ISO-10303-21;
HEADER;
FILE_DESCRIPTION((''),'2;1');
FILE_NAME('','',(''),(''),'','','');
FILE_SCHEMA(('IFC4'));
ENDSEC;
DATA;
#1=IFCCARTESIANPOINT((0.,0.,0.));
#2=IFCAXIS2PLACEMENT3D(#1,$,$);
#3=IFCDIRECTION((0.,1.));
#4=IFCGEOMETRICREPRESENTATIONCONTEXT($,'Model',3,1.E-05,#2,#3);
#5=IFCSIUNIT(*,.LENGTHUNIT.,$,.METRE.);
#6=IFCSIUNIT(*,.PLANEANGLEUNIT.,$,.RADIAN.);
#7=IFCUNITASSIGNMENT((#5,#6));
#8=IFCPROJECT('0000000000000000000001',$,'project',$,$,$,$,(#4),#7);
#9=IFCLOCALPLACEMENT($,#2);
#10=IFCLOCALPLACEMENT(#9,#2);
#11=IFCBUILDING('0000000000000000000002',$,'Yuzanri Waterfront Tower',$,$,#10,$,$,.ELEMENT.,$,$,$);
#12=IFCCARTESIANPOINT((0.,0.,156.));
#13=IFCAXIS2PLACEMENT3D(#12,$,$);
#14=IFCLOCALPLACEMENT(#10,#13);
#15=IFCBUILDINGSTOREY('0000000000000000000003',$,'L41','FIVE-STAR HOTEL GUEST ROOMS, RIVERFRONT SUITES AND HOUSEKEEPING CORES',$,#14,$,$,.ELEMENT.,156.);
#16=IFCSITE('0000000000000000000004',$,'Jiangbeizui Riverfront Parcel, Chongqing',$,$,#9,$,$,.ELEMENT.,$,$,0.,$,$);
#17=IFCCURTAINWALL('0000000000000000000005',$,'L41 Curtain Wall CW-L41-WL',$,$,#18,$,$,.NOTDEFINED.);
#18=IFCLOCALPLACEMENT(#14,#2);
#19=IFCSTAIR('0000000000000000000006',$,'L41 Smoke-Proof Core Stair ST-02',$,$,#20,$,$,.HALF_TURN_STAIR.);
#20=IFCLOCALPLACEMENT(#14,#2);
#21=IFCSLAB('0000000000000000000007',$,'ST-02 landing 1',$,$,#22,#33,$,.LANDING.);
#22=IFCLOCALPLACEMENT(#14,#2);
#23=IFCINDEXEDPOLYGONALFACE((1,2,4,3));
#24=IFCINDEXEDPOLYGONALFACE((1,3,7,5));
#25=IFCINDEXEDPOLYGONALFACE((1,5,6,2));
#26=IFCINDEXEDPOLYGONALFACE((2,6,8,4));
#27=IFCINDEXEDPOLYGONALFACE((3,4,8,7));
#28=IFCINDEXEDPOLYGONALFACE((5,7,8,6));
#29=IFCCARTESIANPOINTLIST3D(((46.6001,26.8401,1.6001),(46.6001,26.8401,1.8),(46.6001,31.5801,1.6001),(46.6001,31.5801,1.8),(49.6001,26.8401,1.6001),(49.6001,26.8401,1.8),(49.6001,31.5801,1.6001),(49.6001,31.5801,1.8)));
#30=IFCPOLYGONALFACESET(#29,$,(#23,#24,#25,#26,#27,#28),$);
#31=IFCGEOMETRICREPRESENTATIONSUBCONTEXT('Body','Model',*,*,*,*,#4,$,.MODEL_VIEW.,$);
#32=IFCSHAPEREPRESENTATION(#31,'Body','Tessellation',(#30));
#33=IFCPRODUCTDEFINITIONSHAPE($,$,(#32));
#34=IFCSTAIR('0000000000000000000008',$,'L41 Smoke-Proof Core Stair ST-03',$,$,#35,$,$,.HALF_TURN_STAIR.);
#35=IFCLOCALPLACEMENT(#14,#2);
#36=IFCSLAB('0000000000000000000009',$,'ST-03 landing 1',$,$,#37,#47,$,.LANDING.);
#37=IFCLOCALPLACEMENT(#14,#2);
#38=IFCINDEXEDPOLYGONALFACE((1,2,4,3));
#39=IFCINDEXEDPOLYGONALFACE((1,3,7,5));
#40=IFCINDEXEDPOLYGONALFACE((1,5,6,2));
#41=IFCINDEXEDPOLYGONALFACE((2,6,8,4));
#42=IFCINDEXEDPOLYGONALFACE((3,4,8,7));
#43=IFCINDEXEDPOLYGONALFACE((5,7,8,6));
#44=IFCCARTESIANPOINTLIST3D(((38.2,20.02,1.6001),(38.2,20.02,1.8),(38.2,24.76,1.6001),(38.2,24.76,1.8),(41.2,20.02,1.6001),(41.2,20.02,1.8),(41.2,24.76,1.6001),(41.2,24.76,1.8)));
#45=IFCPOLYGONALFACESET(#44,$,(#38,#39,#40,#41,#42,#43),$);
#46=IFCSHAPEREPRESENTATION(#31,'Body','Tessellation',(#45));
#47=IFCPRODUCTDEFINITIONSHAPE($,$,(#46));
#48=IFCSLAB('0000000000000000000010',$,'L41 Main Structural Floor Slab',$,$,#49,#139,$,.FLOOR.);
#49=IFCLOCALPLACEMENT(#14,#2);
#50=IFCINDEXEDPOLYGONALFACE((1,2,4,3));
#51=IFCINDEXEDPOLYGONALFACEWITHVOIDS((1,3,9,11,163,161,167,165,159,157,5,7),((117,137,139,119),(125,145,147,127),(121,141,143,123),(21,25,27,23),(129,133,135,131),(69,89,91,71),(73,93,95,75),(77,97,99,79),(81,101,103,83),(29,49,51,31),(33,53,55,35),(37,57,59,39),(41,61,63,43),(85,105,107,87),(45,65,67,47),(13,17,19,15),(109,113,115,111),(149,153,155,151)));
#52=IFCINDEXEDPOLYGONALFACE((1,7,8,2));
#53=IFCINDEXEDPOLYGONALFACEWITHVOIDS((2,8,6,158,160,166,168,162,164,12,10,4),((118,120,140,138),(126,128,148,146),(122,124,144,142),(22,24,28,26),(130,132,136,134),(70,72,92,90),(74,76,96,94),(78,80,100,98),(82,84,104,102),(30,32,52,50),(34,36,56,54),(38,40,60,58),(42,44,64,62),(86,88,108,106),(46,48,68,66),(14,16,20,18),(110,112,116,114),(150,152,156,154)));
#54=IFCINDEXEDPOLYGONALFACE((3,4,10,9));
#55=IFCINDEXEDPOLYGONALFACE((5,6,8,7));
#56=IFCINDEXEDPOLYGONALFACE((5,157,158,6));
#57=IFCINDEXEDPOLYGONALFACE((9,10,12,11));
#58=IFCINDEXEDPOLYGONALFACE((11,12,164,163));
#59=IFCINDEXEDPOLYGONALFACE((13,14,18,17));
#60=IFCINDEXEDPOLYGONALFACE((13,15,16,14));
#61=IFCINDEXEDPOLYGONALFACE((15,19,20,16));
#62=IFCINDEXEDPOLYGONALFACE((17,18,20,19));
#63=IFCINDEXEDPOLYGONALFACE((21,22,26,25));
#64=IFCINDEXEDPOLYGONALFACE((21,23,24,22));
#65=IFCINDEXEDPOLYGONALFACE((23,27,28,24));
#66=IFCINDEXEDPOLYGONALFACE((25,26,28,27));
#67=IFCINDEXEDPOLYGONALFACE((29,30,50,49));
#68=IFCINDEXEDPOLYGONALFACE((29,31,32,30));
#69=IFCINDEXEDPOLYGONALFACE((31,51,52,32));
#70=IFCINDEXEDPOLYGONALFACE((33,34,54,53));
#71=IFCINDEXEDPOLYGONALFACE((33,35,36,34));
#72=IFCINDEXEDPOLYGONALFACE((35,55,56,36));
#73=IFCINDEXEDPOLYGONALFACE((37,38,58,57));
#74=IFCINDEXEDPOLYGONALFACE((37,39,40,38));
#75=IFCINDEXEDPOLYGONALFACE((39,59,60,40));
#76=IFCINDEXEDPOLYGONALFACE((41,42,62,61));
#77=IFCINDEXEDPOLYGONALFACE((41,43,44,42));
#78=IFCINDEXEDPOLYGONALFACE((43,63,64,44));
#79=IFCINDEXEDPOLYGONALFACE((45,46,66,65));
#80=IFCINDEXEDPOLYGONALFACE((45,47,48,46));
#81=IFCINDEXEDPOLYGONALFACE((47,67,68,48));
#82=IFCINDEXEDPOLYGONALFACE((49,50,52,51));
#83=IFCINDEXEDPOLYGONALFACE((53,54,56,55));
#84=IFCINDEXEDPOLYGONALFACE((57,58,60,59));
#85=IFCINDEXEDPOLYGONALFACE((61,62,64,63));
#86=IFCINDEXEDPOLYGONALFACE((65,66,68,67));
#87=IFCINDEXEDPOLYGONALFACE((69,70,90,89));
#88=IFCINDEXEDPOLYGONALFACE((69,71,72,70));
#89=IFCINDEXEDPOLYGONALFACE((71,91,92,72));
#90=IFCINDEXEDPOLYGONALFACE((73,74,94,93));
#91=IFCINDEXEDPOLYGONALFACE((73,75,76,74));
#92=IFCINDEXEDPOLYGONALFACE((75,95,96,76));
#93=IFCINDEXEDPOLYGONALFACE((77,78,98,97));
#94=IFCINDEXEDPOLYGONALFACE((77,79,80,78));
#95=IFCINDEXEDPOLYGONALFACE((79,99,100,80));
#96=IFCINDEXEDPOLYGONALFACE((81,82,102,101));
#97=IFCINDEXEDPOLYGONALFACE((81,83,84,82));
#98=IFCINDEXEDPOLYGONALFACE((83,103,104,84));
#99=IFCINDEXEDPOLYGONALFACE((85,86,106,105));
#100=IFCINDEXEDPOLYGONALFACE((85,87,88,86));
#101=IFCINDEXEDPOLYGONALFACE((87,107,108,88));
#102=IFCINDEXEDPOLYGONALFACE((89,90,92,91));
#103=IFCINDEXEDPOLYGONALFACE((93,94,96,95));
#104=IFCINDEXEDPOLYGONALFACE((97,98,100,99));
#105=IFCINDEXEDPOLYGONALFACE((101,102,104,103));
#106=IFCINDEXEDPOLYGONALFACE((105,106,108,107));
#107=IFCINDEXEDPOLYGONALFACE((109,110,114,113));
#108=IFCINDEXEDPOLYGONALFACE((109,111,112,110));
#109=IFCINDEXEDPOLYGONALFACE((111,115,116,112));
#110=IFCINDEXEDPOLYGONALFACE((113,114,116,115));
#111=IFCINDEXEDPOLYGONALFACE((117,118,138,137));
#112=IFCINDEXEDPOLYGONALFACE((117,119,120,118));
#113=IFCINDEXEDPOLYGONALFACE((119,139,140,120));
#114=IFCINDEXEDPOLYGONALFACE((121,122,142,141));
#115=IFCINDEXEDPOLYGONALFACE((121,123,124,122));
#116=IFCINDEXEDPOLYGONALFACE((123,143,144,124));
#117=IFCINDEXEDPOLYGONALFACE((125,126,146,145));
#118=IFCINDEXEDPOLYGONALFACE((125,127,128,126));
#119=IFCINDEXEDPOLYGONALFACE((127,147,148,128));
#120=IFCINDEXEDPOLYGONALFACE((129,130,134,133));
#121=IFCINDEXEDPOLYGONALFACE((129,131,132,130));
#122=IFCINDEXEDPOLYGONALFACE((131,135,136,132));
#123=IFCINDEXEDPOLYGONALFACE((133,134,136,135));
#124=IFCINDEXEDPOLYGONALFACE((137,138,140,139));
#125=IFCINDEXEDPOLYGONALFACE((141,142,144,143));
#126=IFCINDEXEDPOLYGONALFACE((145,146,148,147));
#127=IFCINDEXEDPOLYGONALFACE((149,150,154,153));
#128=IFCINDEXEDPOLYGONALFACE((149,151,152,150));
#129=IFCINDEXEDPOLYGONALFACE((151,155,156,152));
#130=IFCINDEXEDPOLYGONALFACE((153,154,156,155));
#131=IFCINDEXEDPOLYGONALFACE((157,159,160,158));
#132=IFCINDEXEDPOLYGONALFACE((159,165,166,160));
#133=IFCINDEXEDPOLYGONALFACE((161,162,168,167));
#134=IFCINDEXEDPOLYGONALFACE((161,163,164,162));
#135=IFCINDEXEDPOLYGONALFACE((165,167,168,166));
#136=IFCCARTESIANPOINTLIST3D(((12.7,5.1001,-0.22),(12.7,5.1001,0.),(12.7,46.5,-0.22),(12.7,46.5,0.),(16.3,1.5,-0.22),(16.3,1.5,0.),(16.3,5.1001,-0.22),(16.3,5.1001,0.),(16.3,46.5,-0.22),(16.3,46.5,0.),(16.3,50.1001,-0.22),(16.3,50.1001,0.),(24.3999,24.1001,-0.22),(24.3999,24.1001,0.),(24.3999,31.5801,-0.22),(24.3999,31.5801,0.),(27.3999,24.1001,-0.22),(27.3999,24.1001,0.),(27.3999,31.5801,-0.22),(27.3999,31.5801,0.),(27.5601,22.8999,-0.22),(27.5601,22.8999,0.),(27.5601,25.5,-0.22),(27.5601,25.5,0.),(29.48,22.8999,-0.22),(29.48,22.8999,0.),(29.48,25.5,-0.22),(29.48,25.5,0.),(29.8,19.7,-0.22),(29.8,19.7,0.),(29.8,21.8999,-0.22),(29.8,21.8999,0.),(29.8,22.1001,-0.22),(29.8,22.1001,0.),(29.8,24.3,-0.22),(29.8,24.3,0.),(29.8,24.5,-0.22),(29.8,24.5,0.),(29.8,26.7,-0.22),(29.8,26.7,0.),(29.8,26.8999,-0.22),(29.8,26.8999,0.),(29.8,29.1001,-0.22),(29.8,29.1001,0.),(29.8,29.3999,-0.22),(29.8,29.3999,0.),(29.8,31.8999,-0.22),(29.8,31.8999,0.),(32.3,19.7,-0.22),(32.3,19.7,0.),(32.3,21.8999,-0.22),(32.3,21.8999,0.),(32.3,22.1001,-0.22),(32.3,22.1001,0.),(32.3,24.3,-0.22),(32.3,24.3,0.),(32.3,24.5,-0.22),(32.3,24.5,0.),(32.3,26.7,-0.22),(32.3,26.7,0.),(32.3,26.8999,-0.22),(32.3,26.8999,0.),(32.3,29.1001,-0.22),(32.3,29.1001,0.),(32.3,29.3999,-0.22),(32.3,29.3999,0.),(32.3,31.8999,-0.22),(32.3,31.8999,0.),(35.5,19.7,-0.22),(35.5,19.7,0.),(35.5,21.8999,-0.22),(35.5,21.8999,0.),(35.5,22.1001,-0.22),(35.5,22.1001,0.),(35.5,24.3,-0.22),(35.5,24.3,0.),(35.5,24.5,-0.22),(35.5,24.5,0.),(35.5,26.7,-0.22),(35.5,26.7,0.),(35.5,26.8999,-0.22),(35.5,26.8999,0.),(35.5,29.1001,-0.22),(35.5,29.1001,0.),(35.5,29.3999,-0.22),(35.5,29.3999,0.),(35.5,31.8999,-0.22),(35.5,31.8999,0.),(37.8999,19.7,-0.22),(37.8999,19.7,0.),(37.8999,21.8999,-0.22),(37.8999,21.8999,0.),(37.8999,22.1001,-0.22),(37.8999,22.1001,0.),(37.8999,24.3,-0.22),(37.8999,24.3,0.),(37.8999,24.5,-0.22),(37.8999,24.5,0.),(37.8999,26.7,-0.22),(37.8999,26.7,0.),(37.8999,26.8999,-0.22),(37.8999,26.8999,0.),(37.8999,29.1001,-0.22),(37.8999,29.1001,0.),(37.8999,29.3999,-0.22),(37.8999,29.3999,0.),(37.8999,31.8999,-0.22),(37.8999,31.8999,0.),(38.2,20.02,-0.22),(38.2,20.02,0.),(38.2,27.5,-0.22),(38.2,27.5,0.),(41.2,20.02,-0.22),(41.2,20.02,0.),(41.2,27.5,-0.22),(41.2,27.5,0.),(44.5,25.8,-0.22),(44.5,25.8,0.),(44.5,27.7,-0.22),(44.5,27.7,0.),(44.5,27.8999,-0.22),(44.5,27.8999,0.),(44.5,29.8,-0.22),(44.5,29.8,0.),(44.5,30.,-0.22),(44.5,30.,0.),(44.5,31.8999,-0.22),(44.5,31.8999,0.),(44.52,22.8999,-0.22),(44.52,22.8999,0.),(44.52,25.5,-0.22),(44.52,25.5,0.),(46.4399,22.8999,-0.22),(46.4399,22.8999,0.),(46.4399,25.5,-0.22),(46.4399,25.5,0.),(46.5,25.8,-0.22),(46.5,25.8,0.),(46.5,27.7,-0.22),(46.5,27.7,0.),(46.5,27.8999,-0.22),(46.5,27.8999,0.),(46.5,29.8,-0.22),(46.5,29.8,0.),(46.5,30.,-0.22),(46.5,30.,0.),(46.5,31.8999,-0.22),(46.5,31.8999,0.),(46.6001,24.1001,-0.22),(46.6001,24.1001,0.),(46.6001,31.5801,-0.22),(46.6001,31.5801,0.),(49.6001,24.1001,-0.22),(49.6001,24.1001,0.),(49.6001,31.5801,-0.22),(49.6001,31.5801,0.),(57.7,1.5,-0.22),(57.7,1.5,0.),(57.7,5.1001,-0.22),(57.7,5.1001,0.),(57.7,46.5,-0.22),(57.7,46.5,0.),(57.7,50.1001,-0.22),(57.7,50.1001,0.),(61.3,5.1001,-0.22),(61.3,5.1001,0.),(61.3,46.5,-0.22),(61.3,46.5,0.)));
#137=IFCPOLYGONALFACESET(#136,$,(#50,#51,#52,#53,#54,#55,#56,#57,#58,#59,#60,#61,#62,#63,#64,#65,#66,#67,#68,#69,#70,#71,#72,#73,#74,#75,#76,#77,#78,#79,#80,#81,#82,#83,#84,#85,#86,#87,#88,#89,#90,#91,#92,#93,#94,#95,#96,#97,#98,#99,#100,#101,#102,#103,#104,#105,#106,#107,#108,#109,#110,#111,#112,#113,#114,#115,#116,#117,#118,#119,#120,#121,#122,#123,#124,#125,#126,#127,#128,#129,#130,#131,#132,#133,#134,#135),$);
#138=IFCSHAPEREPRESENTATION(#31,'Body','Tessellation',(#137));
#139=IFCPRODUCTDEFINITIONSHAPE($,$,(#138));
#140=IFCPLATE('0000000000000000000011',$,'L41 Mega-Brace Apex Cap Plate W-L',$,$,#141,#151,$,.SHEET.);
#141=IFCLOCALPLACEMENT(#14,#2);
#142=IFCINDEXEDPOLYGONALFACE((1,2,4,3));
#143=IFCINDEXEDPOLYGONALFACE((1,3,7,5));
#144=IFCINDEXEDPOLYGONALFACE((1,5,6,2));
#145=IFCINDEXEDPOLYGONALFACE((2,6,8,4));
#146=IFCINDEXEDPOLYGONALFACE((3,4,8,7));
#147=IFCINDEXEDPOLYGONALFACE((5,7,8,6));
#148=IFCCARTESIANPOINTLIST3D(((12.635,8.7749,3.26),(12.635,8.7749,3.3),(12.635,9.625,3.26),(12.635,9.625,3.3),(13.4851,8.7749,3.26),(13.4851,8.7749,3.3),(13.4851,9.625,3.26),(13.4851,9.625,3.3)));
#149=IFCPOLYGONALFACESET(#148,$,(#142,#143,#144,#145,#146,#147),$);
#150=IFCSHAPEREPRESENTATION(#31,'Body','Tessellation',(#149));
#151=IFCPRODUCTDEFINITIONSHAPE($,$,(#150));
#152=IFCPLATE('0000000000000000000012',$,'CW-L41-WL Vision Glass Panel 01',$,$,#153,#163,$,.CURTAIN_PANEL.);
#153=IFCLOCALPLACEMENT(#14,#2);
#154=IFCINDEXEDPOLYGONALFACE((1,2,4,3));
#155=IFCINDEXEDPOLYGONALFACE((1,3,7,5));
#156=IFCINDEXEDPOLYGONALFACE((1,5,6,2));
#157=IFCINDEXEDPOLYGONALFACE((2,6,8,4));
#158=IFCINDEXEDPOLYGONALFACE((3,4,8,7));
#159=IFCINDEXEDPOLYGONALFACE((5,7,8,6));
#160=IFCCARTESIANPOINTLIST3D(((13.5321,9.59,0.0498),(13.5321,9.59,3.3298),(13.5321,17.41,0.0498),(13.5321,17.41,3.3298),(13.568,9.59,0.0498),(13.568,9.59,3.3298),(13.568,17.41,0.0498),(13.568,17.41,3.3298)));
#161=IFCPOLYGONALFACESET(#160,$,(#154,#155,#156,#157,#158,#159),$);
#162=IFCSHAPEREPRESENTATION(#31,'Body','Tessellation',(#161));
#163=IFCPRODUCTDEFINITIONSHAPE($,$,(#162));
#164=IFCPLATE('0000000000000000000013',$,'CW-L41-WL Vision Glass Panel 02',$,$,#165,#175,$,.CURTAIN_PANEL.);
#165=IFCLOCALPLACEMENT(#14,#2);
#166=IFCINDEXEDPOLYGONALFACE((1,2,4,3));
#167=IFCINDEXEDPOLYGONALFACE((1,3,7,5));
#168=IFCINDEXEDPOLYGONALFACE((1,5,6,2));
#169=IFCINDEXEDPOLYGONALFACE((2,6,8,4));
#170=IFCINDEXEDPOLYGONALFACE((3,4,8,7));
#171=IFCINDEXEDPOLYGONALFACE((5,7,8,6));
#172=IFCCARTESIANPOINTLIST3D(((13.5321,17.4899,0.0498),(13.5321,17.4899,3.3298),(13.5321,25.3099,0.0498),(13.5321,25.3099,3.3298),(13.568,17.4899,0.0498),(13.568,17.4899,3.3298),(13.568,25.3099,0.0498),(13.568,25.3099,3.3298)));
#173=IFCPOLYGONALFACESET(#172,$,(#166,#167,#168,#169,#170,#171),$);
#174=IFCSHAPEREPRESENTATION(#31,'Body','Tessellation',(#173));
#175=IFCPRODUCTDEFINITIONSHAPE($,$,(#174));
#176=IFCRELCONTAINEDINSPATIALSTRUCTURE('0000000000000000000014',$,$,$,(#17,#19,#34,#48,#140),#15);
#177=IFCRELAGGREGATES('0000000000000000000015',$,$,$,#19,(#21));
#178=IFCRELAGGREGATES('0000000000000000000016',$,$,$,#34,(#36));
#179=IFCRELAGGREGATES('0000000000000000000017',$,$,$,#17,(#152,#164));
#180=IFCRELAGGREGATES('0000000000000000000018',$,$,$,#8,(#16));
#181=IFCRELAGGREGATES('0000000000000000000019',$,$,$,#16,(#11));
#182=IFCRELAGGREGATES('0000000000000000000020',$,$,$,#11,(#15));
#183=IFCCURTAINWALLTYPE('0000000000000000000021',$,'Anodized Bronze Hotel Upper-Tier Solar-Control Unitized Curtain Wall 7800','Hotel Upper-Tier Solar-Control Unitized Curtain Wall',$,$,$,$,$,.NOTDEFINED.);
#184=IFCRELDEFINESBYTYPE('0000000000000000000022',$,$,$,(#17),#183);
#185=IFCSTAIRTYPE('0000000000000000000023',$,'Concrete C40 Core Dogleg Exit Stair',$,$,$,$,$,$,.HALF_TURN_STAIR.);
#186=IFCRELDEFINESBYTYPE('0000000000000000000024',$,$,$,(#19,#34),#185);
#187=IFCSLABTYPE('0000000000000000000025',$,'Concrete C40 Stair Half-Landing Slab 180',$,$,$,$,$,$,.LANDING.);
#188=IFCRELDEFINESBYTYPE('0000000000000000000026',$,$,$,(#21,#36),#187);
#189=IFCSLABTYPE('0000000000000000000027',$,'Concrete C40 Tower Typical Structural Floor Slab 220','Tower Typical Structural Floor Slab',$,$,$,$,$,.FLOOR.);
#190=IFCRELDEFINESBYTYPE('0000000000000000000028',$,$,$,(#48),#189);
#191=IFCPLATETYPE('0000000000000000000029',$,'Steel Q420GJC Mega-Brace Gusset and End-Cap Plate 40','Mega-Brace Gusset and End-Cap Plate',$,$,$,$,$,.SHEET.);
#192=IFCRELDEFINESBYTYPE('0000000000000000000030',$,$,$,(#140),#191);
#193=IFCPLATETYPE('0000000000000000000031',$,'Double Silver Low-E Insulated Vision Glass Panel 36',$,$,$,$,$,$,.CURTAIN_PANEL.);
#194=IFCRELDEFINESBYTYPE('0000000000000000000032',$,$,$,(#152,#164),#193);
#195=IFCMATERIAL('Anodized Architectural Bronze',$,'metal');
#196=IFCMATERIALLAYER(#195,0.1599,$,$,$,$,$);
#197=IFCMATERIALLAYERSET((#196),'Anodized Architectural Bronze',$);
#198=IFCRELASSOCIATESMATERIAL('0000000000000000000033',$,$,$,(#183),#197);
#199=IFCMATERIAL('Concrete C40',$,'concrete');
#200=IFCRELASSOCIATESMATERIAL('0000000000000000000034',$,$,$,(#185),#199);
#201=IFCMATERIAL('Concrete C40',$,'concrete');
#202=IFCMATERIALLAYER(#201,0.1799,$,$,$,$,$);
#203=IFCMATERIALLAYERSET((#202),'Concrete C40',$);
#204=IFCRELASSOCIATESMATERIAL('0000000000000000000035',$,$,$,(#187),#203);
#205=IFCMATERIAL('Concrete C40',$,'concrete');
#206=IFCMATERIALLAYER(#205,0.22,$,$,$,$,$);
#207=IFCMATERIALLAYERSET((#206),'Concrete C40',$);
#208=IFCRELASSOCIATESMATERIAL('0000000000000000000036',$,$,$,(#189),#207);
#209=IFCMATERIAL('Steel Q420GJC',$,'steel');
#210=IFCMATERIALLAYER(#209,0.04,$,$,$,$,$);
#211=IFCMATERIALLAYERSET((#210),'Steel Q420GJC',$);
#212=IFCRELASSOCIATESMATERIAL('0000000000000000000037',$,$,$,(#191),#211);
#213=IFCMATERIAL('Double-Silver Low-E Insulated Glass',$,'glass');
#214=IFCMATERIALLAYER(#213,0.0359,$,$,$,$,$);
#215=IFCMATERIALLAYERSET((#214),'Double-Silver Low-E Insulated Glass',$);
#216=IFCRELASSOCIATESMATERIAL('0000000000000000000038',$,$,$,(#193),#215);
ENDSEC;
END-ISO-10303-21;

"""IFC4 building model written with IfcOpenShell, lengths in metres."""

from ifc_helpers import new_model, si_unit, direction, frame, origin, origin_2d, place, context, subcontext, project, spatial, polyline, rectangle, outline, extrude, source, transform, mapped, material, layer, layer_set, type_object, element, aggregate, save


model = new_model("IFC4")

# Units and contexts
model_context = context("Model", 3, precision=1e-05, world=origin(), true_north=direction((0.0, 1.0)))
body_context = subcontext(model_context, "Body", "Model", "MODEL_VIEW")
ifc_project = project(units=[si_unit("LENGTHUNIT", "METRE"), si_unit("PLANEANGLEUNIT", "RADIAN")], contexts=[model_context])

# Site, building, storey
site_placement = place(None, origin())
site = spatial("IfcSite", under=ifc_project, at=site_placement, Name="Jiangbeizui Riverfront Parcel, Chongqing", CompositionType="ELEMENT", RefElevation=0.0)
building_placement = place(site_placement, origin())
building = spatial("IfcBuilding", under=site, at=building_placement, Name="Yuzanri Waterfront Tower", CompositionType="ELEMENT")
storey_placement = place(building_placement, frame((0.0, 0.0, 156.0)))
storey = spatial("IfcBuildingStorey", under=building, at=storey_placement, Name="L41", Description="FIVE-STAR HOTEL GUEST ROOMS, RIVERFRONT SUITES AND HOUSEKEEPING CORES", CompositionType="ELEMENT", Elevation=156.0)

# Curtain wall
ifc_material_1 = material(Name="Anodized Architectural Bronze", Category="metal")
ifc_layer_1 = layer(ifc_material_1, 0.1599)
ifc_layer_set_1 = layer_set([ifc_layer_1], Name="Anodized Architectural Bronze")
curtain_wall_type = type_object("IfcCurtainWallType", Name="Anodized Bronze Hotel Upper-Tier Solar-Control Unitized Curtain Wall 7800", Description="Hotel Upper-Tier Solar-Control Unitized Curtain Wall", PredefinedType="NOTDEFINED", material=ifc_layer_set_1)
curtain_wall_placement = place(storey_placement, origin())
curtain_wall = element("IfcCurtainWall", 1, at=curtain_wall_placement, inside=storey, type_object=curtain_wall_type, Name="L41 Curtain Wall CW-L41-WL", PredefinedType="NOTDEFINED")

# Stairs, slabs
ifc_material_2 = material(Name="Concrete C40", Category="concrete")
stair_type = type_object("IfcStairType", Name="Concrete C40 Core Dogleg Exit Stair", PredefinedType="HALF_TURN_STAIR", material=ifc_material_2)
ifc_material_3 = material(Name="Concrete C40", Category="concrete")
ifc_layer_2 = layer(ifc_material_3, 0.1799)
ifc_layer_set_2 = layer_set([ifc_layer_2], Name="Concrete C40")
slab_type_1 = type_object("IfcSlabType", Name="Concrete C40 Stair Half-Landing Slab 180", PredefinedType="LANDING", material=ifc_layer_set_2)
stair_1_placement = place(storey_placement, origin())
stair_1 = element("IfcStair", 2, at=stair_1_placement, inside=storey, type_object=stair_type, Name="L41 Smoke-Proof Core Stair ST-02", PredefinedType="HALF_TURN_STAIR")
slab_1_placement = place(storey_placement, frame((0.0, 0.0, 1.6001)))
slab_1 = element("IfcSlab", 3, at=slab_1_placement, type_object=slab_type_1, Name="ST-02 landing 1", PredefinedType="LANDING", context=body_context, shape_type="SweptSolid", body=[
    extrude(outline(polyline([(49.6001, 26.8401), (49.6001, 31.5801), (46.6001, 31.5801), (46.6001, 26.8401), (49.6001, 26.8401)])), origin(), (0.0, 0.0, 1.0), 0.2),
])
aggregate(stair_1, [slab_1])
stair_2_placement = place(storey_placement, origin())
stair_2 = element("IfcStair", 4, at=stair_2_placement, inside=storey, type_object=stair_type, Name="L41 Smoke-Proof Core Stair ST-03", PredefinedType="HALF_TURN_STAIR")
slab_2_placement = place(storey_placement, frame((0.0, 0.0, 1.6001)))
slab_2 = element("IfcSlab", 5, at=slab_2_placement, type_object=slab_type_1, Name="ST-03 landing 1", PredefinedType="LANDING", context=body_context, shape_type="SweptSolid", body=[
    extrude(outline(polyline([(38.2, 24.76), (38.2, 20.02), (41.2, 20.02), (41.2, 24.76), (38.2, 24.76)])), origin(), (0.0, 0.0, 1.0), 0.2),
])
aggregate(stair_2, [slab_2])

# Slab
ifc_material_4 = material(Name="Concrete C40", Category="concrete")
ifc_layer_3 = layer(ifc_material_4, 0.22)
ifc_layer_set_3 = layer_set([ifc_layer_3], Name="Concrete C40")
slab_type_2 = type_object("IfcSlabType", Name="Concrete C40 Tower Typical Structural Floor Slab 220", Description="Tower Typical Structural Floor Slab", PredefinedType="FLOOR", material=ifc_layer_set_3)
slab_3_placement = place(storey_placement, frame((0.0, 0.0, -0.22)))
element("IfcSlab", 6, at=slab_3_placement, inside=storey, type_object=slab_type_2, Name="L41 Main Structural Floor Slab", PredefinedType="FLOOR", context=body_context, shape_type="SweptSolid", body=[
    extrude(outline(polyline([(16.3, 1.5), (57.7, 1.5), (57.7, 5.1001), (61.3, 5.1001), (61.3, 46.5), (57.7, 46.5), (57.7, 50.1001), (16.3, 50.1001), (16.3, 46.5), (12.7, 46.5), (12.7, 5.1001), (16.3, 5.1001), (16.3, 1.5)]), holes=[polyline([(27.3999, 24.1001), (27.3999, 31.5801), (24.3999, 31.5801), (24.3999, 24.1001), (27.3999, 24.1001)]), polyline([(49.6001, 24.1001), (49.6001, 31.5801), (46.6001, 31.5801), (46.6001, 24.1001), (49.6001, 24.1001)]), polyline([(38.2, 27.5), (38.2, 20.02), (41.2, 20.02), (41.2, 27.5), (38.2, 27.5)]), polyline([(27.5601, 22.8999), (29.48, 22.8999), (29.48, 25.5), (27.5601, 25.5), (27.5601, 22.8999)]), polyline([(44.52, 22.8999), (46.4399, 22.8999), (46.4399, 25.5), (44.52, 25.5), (44.52, 22.8999)]), polyline([(29.8, 19.7), (32.3, 19.7), (32.3, 21.8999), (29.8, 21.8999), (29.8, 19.7)]), polyline([(29.8, 22.1001), (32.3, 22.1001), (32.3, 24.3), (29.8, 24.3), (29.8, 22.1001)]), polyline([(29.8, 24.5), (32.3, 24.5), (32.3, 26.7), (29.8, 26.7), (29.8, 24.5)]), polyline([(29.8, 26.8999), (32.3, 26.8999), (32.3, 29.1001), (29.8, 29.1001), (29.8, 26.8999)]), polyline([(29.8, 29.3999), (32.3, 29.3999), (32.3, 31.8999), (29.8, 31.8999), (29.8, 29.3999)]), polyline([(35.5, 19.7), (37.8999, 19.7), (37.8999, 21.8999), (35.5, 21.8999), (35.5, 19.7)]), polyline([(35.5, 22.1001), (37.8999, 22.1001), (37.8999, 24.3), (35.5, 24.3), (35.5, 22.1001)]), polyline([(35.5, 24.5), (37.8999, 24.5), (37.8999, 26.7), (35.5, 26.7), (35.5, 24.5)]), polyline([(35.5, 26.8999), (37.8999, 26.8999), (37.8999, 29.1001), (35.5, 29.1001), (35.5, 26.8999)]), polyline([(35.5, 29.3999), (37.8999, 29.3999), (37.8999, 31.8999), (35.5, 31.8999), (35.5, 29.3999)]), polyline([(44.5, 25.8), (46.5, 25.8), (46.5, 27.7), (44.5, 27.7), (44.5, 25.8)]), polyline([(44.5, 27.8999), (46.5, 27.8999), (46.5, 29.8), (44.5, 29.8), (44.5, 27.8999)]), polyline([(44.5, 30.0), (46.5, 30.0), (46.5, 31.8999), (44.5, 31.8999), (44.5, 30.0)])]), origin(), (0.0, 0.0, 1.0), 0.22),
])

# Plates
ifc_material_5 = material(Name="Steel Q420GJC", Category="steel")
ifc_layer_4 = layer(ifc_material_5, 0.04)
ifc_layer_set_4 = layer_set([ifc_layer_4], Name="Steel Q420GJC")
plate_type_1 = type_object("IfcPlateType", Name="Steel Q420GJC Mega-Brace Gusset and End-Cap Plate 40", Description="Mega-Brace Gusset and End-Cap Plate", PredefinedType="SHEET", material=ifc_layer_set_4)
shared_shape_1 = source(origin(), body_context, "Body", "SweptSolid", [
    extrude(rectangle(XDim=0.8501, YDim=0.8501, at=origin_2d()), origin(), (0.0, 0.0, 1.0), 0.04),
])
plate_1_placement = place(storey_placement, frame((13.0601, 9.2, 3.26), z_axis=(0.0, 0.0, 1.0), x_axis=(1.0, 0.0, 0.0)))
element("IfcPlate", 7, at=plate_1_placement, inside=storey, type_object=plate_type_1, Name="L41 Mega-Brace Apex Cap Plate W-L", PredefinedType="SHEET", context=body_context, shape_type="MappedRepresentation", body=[
    mapped(shared_shape_1, transform((0.0, 0.0, 0.0), scale=1.0)),
])
ifc_material_6 = material(Name="Double-Silver Low-E Insulated Glass", Category="glass")
ifc_layer_5 = layer(ifc_material_6, 0.0359)
ifc_layer_set_5 = layer_set([ifc_layer_5], Name="Double-Silver Low-E Insulated Glass")
plate_type_2 = type_object("IfcPlateType", Name="Double Silver Low-E Insulated Vision Glass Panel 36", PredefinedType="CURTAIN_PANEL", material=ifc_layer_set_5)
shared_shape_2 = source(origin(), body_context, "Body", "SweptSolid", [
    extrude(rectangle(XDim=7.8201, YDim=0.0359, at=origin_2d()), origin(), (0.0, 0.0, 1.0), 3.28),
])
plate_2_placement = place(storey_placement, frame((13.55, 13.5, 0.0498), z_axis=(0.0, 0.0, 1.0), x_axis=(0.0, 1.0, 0.0)))
plate_2 = element("IfcPlate", 8, at=plate_2_placement, type_object=plate_type_2, Name="CW-L41-WL Vision Glass Panel 01", PredefinedType="CURTAIN_PANEL", context=body_context, shape_type="MappedRepresentation", body=[
    mapped(shared_shape_2, transform((0.0, 0.0, 0.0), scale=1.0)),
])
plate_3_placement = place(storey_placement, frame((13.55, 21.3999, 0.0498), z_axis=(0.0, 0.0, 1.0), x_axis=(0.0, 1.0, 0.0)))
plate_3 = element("IfcPlate", 9, at=plate_3_placement, type_object=plate_type_2, Name="CW-L41-WL Vision Glass Panel 02", PredefinedType="CURTAIN_PANEL", context=body_context, shape_type="MappedRepresentation", body=[
    mapped(shared_shape_2, transform((0.0, 0.0, 0.0), scale=1.0)),
])
aggregate(curtain_wall, [plate_2, plate_3])

save(model, "model.ifc")
